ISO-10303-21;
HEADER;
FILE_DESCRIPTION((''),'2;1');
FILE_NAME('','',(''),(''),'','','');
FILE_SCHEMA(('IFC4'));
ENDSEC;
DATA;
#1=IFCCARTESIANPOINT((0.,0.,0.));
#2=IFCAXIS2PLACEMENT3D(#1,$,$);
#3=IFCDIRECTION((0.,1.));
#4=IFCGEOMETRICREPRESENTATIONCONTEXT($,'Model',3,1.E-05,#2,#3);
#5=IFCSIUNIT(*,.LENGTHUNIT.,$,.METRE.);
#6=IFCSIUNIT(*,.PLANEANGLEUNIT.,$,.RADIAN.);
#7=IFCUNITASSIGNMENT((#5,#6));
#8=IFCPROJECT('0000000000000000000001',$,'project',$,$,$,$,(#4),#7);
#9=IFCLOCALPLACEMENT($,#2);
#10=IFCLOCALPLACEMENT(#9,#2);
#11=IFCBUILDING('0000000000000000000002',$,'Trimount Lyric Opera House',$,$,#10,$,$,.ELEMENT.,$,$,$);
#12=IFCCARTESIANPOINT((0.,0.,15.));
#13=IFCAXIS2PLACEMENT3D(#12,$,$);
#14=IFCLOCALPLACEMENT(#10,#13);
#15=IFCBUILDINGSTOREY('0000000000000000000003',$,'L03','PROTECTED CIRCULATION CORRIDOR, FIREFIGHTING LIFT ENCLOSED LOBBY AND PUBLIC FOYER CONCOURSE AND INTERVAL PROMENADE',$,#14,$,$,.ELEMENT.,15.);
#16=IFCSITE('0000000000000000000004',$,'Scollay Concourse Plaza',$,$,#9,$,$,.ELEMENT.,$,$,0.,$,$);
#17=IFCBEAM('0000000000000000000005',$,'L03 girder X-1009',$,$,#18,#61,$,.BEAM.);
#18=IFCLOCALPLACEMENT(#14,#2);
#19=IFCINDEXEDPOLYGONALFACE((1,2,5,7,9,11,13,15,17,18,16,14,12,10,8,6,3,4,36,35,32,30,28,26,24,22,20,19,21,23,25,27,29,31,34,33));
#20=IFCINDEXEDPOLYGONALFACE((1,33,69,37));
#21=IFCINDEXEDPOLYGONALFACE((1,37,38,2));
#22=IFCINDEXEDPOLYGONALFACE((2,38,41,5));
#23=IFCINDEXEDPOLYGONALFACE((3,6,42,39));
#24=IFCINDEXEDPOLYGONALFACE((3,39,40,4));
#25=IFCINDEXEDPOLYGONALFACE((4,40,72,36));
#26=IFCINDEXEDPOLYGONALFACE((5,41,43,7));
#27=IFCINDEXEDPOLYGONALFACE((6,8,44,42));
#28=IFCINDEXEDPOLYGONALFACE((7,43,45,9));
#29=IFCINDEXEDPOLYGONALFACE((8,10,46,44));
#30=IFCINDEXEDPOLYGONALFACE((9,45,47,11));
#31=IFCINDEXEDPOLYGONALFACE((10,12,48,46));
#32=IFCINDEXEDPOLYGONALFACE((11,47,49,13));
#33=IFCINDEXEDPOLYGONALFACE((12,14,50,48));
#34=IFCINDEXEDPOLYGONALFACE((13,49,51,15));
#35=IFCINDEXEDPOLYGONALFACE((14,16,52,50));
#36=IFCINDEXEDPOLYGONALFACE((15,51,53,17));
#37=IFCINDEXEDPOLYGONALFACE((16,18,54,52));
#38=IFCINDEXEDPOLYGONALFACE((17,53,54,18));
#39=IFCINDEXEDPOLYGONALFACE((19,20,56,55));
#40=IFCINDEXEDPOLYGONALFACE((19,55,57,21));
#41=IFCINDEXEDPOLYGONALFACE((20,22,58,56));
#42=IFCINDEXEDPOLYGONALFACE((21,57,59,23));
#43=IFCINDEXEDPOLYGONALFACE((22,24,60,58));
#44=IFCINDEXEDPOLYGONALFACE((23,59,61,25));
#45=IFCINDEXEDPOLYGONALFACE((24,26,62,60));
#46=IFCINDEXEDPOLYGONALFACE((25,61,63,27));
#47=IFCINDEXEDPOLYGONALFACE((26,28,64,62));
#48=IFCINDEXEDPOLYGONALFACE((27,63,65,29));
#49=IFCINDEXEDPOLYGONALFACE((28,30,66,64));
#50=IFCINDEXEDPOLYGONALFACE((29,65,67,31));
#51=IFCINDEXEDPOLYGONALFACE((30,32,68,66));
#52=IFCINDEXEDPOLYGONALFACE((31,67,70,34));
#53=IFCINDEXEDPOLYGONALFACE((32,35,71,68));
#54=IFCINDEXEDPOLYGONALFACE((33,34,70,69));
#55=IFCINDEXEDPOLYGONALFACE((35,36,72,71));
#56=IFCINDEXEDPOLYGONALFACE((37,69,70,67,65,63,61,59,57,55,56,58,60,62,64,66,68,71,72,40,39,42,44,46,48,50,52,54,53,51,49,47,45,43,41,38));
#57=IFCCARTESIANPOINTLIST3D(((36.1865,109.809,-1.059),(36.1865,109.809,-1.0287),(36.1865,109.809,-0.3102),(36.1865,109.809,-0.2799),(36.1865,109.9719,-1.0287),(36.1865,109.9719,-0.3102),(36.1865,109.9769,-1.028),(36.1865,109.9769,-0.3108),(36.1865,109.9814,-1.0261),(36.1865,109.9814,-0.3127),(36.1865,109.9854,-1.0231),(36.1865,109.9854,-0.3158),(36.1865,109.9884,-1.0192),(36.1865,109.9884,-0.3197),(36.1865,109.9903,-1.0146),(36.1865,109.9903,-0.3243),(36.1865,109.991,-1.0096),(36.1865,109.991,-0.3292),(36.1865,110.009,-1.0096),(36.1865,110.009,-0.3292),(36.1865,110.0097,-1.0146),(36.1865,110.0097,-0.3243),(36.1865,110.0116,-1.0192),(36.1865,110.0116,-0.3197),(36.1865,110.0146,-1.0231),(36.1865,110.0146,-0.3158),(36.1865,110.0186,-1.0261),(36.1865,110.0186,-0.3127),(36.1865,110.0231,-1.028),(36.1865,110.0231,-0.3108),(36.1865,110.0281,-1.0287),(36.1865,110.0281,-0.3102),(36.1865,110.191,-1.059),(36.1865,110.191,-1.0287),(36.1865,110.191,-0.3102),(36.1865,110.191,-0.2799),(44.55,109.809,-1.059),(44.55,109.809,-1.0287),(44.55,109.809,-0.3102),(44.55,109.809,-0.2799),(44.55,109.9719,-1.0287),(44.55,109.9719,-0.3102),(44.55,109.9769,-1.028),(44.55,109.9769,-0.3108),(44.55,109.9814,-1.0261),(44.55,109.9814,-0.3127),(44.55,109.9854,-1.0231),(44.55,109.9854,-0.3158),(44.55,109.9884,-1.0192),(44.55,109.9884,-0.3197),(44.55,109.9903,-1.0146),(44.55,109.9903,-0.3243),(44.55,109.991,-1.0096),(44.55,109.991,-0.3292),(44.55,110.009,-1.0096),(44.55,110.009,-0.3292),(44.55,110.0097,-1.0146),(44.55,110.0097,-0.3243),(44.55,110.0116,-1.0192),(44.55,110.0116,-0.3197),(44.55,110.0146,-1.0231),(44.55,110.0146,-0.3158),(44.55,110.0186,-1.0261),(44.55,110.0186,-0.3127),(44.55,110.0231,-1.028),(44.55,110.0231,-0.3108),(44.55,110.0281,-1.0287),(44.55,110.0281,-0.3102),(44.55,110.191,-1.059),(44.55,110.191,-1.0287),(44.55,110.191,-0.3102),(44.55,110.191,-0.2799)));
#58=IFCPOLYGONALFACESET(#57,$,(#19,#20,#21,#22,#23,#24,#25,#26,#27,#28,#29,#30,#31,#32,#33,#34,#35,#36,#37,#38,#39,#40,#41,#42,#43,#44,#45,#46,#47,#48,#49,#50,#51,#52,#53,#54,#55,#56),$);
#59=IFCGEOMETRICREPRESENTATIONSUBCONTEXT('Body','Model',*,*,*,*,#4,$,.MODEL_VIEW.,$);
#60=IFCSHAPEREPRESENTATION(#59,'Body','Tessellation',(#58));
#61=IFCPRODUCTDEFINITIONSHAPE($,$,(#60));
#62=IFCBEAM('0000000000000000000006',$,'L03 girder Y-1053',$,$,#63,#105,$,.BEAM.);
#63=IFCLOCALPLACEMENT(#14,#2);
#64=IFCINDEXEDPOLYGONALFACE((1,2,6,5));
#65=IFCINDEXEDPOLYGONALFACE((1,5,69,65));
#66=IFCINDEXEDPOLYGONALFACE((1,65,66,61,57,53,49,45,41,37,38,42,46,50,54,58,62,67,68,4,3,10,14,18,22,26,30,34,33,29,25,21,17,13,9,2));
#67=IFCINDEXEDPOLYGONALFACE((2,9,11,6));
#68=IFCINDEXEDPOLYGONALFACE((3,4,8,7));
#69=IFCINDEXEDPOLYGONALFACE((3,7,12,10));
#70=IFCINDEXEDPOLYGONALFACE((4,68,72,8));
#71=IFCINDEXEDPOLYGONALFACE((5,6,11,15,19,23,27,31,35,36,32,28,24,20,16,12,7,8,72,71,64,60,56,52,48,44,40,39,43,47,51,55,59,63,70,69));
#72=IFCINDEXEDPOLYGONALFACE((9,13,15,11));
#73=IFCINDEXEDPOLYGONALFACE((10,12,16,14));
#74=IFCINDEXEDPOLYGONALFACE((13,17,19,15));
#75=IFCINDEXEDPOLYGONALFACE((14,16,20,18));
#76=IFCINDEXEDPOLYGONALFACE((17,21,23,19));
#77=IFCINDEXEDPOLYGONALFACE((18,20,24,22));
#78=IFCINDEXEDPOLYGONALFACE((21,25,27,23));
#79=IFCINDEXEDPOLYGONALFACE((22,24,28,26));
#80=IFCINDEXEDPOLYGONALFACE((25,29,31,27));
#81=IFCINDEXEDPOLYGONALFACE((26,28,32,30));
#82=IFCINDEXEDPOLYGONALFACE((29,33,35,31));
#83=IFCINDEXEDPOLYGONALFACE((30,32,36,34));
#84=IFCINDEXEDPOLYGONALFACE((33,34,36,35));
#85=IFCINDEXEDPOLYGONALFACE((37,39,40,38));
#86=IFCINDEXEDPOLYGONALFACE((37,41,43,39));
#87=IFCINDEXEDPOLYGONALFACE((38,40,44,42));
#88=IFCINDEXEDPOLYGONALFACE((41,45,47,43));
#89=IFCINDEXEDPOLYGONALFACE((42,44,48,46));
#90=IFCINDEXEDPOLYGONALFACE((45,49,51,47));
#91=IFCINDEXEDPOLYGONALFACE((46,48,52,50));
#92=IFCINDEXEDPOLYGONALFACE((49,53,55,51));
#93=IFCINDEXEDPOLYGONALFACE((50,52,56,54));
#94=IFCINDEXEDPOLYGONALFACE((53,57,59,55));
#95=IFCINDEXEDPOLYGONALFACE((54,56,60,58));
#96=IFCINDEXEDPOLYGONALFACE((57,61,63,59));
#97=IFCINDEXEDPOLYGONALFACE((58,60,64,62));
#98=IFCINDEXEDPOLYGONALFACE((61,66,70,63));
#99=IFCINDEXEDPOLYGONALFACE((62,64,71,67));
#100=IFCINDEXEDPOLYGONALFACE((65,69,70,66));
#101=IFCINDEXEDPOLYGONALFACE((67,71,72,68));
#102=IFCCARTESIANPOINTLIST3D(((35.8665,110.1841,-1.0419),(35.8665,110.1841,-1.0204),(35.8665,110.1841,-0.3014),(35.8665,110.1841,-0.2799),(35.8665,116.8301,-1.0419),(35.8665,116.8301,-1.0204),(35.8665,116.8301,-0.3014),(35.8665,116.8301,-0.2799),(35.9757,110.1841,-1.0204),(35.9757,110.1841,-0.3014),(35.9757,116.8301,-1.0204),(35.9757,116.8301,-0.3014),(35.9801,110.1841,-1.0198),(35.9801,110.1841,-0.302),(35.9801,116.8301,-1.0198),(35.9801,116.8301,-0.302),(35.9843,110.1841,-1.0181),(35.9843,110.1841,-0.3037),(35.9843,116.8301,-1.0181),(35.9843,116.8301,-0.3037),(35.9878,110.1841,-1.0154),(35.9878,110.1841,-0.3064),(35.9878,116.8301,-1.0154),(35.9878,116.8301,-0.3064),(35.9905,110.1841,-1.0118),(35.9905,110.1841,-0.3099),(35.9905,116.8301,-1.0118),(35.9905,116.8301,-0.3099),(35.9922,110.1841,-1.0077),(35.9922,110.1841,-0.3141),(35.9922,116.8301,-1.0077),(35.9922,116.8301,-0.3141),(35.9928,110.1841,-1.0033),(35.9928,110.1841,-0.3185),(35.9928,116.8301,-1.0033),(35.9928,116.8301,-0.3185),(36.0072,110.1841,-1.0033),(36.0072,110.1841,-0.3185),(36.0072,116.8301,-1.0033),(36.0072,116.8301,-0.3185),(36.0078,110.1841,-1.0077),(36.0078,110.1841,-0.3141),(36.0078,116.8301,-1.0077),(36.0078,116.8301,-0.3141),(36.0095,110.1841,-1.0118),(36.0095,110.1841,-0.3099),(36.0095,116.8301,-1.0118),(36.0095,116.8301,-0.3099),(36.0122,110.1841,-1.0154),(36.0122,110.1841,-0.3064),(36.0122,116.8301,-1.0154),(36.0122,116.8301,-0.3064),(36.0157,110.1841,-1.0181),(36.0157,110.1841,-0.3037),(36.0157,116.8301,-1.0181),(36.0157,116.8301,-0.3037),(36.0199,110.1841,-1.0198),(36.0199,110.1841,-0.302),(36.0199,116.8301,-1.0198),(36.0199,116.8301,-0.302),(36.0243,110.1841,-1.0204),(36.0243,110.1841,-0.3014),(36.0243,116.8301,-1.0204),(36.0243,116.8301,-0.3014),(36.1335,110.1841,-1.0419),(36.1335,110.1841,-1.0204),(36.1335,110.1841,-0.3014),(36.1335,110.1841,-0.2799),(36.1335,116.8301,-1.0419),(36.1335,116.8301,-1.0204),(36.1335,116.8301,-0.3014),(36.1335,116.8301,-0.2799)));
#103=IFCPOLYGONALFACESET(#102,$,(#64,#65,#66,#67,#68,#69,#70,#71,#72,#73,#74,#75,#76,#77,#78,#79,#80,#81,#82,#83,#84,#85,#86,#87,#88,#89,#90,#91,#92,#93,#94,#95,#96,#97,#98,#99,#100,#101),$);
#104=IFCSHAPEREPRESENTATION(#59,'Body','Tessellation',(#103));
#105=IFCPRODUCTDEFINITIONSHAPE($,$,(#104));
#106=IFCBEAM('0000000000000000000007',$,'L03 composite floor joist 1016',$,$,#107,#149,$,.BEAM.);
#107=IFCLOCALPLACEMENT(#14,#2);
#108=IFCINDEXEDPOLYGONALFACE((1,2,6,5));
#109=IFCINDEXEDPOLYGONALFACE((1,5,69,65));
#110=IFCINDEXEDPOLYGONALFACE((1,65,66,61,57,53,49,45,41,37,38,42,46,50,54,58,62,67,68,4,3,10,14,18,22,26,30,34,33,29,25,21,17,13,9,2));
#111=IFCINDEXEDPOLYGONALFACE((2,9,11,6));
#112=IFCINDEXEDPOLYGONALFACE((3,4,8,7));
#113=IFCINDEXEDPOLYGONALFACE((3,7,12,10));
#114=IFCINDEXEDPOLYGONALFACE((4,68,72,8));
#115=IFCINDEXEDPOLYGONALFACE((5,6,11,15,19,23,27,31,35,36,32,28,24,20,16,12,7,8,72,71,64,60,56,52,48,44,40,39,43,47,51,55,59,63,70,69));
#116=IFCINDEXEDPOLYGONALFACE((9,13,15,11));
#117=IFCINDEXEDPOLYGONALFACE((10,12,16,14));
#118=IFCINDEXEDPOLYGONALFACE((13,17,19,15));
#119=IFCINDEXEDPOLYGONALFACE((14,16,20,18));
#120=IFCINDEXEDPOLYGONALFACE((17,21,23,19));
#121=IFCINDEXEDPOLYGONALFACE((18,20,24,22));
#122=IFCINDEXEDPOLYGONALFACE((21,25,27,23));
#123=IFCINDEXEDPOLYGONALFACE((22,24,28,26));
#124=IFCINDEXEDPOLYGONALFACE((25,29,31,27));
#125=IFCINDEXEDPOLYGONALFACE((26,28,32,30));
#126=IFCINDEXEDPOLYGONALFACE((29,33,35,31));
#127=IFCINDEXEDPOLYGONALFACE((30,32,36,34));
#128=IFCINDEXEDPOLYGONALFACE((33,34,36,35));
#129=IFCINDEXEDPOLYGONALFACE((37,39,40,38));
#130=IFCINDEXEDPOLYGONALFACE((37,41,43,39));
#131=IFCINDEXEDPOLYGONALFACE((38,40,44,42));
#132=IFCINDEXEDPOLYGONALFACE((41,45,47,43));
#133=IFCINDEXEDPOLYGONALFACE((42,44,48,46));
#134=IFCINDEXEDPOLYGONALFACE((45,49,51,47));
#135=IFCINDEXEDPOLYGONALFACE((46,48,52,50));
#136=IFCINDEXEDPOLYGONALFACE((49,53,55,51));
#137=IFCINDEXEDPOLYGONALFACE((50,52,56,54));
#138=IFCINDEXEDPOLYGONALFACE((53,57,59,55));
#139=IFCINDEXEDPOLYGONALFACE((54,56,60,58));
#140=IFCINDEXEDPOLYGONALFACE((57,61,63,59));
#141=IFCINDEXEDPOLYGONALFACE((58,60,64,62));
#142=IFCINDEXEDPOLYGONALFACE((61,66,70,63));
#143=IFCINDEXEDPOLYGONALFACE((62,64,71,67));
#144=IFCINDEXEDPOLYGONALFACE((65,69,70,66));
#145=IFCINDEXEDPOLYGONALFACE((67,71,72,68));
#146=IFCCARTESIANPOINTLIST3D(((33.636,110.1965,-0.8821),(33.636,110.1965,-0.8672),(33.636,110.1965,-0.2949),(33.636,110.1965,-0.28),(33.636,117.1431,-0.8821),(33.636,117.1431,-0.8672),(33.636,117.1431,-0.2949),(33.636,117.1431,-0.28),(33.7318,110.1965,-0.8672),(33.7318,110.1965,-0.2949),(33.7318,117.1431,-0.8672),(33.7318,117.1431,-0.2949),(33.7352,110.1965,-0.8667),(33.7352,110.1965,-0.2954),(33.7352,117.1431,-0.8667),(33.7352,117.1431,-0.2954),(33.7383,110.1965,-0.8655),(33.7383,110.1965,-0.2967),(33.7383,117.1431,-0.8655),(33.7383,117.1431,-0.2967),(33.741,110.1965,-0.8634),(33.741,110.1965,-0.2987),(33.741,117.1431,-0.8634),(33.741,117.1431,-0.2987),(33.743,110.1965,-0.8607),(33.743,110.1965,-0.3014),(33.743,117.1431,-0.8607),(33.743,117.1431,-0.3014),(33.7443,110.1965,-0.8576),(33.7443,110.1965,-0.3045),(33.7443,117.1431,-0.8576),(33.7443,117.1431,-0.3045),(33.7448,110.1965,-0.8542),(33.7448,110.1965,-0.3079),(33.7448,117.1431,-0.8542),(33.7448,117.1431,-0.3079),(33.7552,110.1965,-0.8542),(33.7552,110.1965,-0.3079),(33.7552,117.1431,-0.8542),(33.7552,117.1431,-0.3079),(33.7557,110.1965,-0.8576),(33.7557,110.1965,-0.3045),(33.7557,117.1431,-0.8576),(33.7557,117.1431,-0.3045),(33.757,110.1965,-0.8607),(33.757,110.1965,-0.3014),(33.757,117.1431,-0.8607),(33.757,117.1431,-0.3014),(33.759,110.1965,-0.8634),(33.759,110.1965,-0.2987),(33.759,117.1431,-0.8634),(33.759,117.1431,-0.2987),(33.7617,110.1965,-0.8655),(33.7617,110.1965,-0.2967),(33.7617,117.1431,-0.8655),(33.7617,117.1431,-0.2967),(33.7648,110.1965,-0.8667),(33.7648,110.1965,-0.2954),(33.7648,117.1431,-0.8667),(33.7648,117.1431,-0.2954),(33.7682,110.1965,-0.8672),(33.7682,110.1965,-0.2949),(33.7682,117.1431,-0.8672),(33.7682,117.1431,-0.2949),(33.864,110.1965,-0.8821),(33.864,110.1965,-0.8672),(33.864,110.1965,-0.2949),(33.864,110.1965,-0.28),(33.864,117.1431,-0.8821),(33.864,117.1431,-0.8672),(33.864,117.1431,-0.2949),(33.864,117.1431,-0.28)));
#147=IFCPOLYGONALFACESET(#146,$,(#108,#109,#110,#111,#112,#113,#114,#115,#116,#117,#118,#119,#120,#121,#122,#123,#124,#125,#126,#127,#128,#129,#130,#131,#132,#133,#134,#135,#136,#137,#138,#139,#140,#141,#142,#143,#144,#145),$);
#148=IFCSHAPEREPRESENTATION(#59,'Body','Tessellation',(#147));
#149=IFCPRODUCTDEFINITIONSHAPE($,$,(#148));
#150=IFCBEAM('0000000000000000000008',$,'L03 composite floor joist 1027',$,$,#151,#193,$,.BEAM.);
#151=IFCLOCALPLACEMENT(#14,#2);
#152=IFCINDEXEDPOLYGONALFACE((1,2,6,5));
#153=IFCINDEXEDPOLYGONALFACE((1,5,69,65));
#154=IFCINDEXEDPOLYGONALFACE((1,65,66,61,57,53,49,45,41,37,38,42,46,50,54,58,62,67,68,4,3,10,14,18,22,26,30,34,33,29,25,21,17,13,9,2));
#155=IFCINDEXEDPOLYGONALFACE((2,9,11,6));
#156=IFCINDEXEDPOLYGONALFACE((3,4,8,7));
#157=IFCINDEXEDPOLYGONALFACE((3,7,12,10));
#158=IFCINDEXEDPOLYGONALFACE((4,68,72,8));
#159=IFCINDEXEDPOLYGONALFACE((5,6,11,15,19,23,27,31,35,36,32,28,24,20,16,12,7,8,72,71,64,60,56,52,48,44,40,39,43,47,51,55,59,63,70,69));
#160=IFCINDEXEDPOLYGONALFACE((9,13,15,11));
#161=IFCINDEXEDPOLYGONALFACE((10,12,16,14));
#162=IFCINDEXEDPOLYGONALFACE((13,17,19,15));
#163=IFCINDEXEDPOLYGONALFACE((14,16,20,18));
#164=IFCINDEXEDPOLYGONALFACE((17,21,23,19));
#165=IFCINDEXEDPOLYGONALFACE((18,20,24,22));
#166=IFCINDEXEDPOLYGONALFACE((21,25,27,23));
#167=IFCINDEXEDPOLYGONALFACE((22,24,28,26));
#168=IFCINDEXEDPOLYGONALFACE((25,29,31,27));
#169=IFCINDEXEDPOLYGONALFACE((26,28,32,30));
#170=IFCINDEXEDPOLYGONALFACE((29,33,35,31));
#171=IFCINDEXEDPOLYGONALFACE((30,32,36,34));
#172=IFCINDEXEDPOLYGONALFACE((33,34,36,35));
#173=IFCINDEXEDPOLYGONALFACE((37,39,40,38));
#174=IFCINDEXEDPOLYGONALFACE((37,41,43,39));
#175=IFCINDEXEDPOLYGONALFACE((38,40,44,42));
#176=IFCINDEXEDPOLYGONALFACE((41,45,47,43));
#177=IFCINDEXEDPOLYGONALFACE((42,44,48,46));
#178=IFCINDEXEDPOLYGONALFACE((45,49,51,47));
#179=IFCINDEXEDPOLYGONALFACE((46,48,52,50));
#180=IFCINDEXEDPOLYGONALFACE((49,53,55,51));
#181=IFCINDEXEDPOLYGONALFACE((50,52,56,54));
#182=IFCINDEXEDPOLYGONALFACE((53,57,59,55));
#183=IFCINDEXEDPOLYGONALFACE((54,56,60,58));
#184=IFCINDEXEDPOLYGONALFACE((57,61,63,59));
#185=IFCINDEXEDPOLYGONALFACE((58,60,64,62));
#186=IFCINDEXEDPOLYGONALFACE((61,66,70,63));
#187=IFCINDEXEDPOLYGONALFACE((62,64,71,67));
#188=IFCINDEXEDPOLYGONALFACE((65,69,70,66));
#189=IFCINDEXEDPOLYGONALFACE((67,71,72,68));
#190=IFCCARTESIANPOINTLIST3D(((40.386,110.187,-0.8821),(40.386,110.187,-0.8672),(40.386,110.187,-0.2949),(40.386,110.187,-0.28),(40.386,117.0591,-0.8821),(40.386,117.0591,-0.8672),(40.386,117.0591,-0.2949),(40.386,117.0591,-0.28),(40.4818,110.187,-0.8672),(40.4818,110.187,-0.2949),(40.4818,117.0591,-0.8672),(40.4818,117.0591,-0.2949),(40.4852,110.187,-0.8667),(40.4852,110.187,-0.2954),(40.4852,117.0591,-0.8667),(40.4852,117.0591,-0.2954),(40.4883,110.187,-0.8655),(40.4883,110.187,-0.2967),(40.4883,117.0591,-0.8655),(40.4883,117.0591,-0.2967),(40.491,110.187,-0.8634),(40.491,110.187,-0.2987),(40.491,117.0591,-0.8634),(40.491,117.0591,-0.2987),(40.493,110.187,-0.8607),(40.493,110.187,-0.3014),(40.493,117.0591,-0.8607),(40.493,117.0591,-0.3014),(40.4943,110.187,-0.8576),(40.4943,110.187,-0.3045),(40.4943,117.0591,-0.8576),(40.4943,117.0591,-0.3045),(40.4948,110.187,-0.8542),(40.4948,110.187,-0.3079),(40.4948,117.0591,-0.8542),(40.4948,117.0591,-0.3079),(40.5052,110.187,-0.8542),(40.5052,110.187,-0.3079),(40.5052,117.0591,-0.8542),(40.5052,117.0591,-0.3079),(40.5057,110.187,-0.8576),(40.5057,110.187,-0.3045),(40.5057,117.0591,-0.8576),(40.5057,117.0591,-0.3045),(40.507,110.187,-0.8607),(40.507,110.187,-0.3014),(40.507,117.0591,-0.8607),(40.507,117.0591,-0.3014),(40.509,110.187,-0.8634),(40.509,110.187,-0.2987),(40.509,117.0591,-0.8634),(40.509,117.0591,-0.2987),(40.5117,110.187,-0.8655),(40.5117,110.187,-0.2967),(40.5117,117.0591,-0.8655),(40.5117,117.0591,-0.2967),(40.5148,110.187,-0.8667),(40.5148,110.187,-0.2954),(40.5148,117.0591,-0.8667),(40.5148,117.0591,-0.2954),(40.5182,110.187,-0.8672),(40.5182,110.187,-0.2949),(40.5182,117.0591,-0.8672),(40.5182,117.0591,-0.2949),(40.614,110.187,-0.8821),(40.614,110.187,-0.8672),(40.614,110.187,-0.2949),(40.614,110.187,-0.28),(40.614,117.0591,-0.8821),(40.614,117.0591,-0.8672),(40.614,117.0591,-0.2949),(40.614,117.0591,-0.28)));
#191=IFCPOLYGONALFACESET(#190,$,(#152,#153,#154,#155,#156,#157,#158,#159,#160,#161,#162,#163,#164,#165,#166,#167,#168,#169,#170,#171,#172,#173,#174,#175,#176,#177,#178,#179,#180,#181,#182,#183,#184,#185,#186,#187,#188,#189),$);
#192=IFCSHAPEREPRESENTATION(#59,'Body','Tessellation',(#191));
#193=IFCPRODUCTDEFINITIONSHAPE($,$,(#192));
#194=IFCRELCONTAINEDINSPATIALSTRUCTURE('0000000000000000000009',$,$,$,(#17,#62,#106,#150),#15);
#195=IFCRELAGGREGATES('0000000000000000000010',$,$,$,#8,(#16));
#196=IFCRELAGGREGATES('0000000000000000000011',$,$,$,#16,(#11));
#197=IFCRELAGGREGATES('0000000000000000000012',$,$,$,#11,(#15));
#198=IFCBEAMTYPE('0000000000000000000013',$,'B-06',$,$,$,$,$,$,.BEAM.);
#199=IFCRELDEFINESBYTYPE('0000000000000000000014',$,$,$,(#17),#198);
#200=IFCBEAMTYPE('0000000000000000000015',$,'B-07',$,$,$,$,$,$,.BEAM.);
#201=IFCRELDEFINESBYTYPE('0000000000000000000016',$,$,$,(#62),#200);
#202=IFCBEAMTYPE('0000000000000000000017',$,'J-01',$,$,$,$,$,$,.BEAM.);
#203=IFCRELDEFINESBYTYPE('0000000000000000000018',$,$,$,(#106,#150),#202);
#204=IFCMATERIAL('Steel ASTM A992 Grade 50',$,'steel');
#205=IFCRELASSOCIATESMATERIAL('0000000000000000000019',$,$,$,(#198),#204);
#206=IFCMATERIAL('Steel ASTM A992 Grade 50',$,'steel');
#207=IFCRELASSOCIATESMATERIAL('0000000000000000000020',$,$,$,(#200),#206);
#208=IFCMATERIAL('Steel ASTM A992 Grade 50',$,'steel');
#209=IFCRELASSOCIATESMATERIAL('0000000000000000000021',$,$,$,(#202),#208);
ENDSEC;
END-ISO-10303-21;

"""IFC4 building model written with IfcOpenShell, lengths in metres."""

from ifc_helpers import new_model, si_unit, direction, frame, origin, origin_2d, place, context, subcontext, project, spatial, i_section, extrude, material, material_profile, profile_set, type_object, element, save


model = new_model("IFC4")

# Units and contexts
model_context = context("Model", 3, precision=1e-05, world=origin(), true_north=direction((0.0, 1.0)))
body_context = subcontext(model_context, "Body", "Model", "MODEL_VIEW")
ifc_project = project(units=[si_unit("LENGTHUNIT", "METRE"), si_unit("PLANEANGLEUNIT", "RADIAN")], contexts=[model_context])

# Site, building, storey
site_placement = place(None, origin())
site = spatial("IfcSite", under=ifc_project, at=site_placement, Name="Scollay Concourse Plaza", CompositionType="ELEMENT", RefElevation=0.0)
building_placement = place(site_placement, origin())
building = spatial("IfcBuilding", under=site, at=building_placement, Name="Trimount Lyric Opera House", CompositionType="ELEMENT")
storey_placement = place(building_placement, frame((0.0, 0.0, 15.0)))
storey = spatial("IfcBuildingStorey", under=building, at=storey_placement, Name="L03", Description="PROTECTED CIRCULATION CORRIDOR, FIREFIGHTING LIFT ENCLOSED LOBBY AND PUBLIC FOYER CONCOURSE AND INTERVAL PROMENADE", CompositionType="ELEMENT", Elevation=15.0)

# Beams
ifc_material_1 = material(Name="Steel ASTM A992 Grade 50", Category="steel")
ifc_material_profile_1 = material_profile(ifc_material_1, i_section(OverallWidth=0.3821, OverallDepth=0.7791, WebThickness=0.0181, FlangeThickness=0.0303, FilletRadius=0.019, at=origin_2d()), Name="W30X191")
ifc_profile_set_1 = profile_set([ifc_material_profile_1], Name="Steel ASTM A992 Grade 50")
beam_type_1 = type_object("IfcBeamType", Name="B-06", PredefinedType="BEAM", material=ifc_profile_set_1)
beam_1_placement = place(storey_placement, frame((36.1865, 110.0, -0.6694), z_axis=(1.0, 0.0, 0.0), x_axis=(0.0, 1.0, 0.0)))
element("IfcBeam", 1, at=beam_1_placement, inside=storey, type_object=beam_type_1, Name="L03 girder X-1009", PredefinedType="BEAM", context=body_context, shape_type="SweptSolid", body=[
    extrude(i_section(OverallWidth=0.3821, OverallDepth=0.7791, WebThickness=0.0181, FlangeThickness=0.0303, FilletRadius=0.019, at=origin_2d()), origin(), (0.0, 0.0, 1.0), 8.3635),
])
ifc_material_2 = material(Name="Steel ASTM A992 Grade 50", Category="steel")
ifc_material_profile_2 = material_profile(ifc_material_2, i_section(OverallWidth=0.2671, OverallDepth=0.762, WebThickness=0.0144, FlangeThickness=0.0215, FilletRadius=0.0171, at=origin_2d()), Name="W30X116")
ifc_profile_set_2 = profile_set([ifc_material_profile_2], Name="Steel ASTM A992 Grade 50")
beam_type_2 = type_object("IfcBeamType", Name="B-07", PredefinedType="BEAM", material=ifc_profile_set_2)
beam_2_placement = place(storey_placement, frame((36.0, 110.1841, -0.6609), z_axis=(0.0, 1.0, 0.0), x_axis=(-1.0, 0.0, 0.0)))
element("IfcBeam", 2, at=beam_2_placement, inside=storey, type_object=beam_type_2, Name="L03 girder Y-1053", PredefinedType="BEAM", context=body_context, shape_type="SweptSolid", body=[
    extrude(i_section(OverallWidth=0.2671, OverallDepth=0.762, WebThickness=0.0144, FlangeThickness=0.0215, FilletRadius=0.0171, at=origin_2d()), origin(), (0.0, 0.0, 1.0), 6.646),
])
ifc_material_3 = material(Name="Steel ASTM A992 Grade 50", Category="steel")
ifc_material_profile_3 = material_profile(ifc_material_3, i_section(OverallWidth=0.228, OverallDepth=0.6021, WebThickness=0.0105, FlangeThickness=0.0149, FilletRadius=0.0129, at=origin_2d()), Name="W24X68")
ifc_profile_set_3 = profile_set([ifc_material_profile_3], Name="Steel ASTM A992 Grade 50")
beam_type_3 = type_object("IfcBeamType", Name="J-01", PredefinedType="BEAM", material=ifc_profile_set_3)
beam_3_placement = place(storey_placement, frame((33.75, 110.1965, -0.5811), z_axis=(0.0, 1.0, 0.0), x_axis=(-1.0, 0.0, 0.0)))
element("IfcBeam", 3, at=beam_3_placement, inside=storey, type_object=beam_type_3, Name="L03 composite floor joist 1016", PredefinedType="BEAM", context=body_context, shape_type="SweptSolid", body=[
    extrude(i_section(OverallWidth=0.228, OverallDepth=0.6021, WebThickness=0.0105, FlangeThickness=0.0149, FilletRadius=0.0129, at=origin_2d()), origin(), (0.0, 0.0, 1.0), 6.9465),
])
beam_4_placement = place(storey_placement, frame((40.5, 110.187, -0.5811), z_axis=(0.0, 1.0, 0.0), x_axis=(-1.0, 0.0, 0.0)))
element("IfcBeam", 4, at=beam_4_placement, inside=storey, type_object=beam_type_3, Name="L03 composite floor joist 1027", PredefinedType="BEAM", context=body_context, shape_type="SweptSolid", body=[
    extrude(i_section(OverallWidth=0.228, OverallDepth=0.6021, WebThickness=0.0105, FlangeThickness=0.0149, FilletRadius=0.0129, at=origin_2d()), origin(), (0.0, 0.0, 1.0), 6.8721),
])

save(model, "model.ifc")
